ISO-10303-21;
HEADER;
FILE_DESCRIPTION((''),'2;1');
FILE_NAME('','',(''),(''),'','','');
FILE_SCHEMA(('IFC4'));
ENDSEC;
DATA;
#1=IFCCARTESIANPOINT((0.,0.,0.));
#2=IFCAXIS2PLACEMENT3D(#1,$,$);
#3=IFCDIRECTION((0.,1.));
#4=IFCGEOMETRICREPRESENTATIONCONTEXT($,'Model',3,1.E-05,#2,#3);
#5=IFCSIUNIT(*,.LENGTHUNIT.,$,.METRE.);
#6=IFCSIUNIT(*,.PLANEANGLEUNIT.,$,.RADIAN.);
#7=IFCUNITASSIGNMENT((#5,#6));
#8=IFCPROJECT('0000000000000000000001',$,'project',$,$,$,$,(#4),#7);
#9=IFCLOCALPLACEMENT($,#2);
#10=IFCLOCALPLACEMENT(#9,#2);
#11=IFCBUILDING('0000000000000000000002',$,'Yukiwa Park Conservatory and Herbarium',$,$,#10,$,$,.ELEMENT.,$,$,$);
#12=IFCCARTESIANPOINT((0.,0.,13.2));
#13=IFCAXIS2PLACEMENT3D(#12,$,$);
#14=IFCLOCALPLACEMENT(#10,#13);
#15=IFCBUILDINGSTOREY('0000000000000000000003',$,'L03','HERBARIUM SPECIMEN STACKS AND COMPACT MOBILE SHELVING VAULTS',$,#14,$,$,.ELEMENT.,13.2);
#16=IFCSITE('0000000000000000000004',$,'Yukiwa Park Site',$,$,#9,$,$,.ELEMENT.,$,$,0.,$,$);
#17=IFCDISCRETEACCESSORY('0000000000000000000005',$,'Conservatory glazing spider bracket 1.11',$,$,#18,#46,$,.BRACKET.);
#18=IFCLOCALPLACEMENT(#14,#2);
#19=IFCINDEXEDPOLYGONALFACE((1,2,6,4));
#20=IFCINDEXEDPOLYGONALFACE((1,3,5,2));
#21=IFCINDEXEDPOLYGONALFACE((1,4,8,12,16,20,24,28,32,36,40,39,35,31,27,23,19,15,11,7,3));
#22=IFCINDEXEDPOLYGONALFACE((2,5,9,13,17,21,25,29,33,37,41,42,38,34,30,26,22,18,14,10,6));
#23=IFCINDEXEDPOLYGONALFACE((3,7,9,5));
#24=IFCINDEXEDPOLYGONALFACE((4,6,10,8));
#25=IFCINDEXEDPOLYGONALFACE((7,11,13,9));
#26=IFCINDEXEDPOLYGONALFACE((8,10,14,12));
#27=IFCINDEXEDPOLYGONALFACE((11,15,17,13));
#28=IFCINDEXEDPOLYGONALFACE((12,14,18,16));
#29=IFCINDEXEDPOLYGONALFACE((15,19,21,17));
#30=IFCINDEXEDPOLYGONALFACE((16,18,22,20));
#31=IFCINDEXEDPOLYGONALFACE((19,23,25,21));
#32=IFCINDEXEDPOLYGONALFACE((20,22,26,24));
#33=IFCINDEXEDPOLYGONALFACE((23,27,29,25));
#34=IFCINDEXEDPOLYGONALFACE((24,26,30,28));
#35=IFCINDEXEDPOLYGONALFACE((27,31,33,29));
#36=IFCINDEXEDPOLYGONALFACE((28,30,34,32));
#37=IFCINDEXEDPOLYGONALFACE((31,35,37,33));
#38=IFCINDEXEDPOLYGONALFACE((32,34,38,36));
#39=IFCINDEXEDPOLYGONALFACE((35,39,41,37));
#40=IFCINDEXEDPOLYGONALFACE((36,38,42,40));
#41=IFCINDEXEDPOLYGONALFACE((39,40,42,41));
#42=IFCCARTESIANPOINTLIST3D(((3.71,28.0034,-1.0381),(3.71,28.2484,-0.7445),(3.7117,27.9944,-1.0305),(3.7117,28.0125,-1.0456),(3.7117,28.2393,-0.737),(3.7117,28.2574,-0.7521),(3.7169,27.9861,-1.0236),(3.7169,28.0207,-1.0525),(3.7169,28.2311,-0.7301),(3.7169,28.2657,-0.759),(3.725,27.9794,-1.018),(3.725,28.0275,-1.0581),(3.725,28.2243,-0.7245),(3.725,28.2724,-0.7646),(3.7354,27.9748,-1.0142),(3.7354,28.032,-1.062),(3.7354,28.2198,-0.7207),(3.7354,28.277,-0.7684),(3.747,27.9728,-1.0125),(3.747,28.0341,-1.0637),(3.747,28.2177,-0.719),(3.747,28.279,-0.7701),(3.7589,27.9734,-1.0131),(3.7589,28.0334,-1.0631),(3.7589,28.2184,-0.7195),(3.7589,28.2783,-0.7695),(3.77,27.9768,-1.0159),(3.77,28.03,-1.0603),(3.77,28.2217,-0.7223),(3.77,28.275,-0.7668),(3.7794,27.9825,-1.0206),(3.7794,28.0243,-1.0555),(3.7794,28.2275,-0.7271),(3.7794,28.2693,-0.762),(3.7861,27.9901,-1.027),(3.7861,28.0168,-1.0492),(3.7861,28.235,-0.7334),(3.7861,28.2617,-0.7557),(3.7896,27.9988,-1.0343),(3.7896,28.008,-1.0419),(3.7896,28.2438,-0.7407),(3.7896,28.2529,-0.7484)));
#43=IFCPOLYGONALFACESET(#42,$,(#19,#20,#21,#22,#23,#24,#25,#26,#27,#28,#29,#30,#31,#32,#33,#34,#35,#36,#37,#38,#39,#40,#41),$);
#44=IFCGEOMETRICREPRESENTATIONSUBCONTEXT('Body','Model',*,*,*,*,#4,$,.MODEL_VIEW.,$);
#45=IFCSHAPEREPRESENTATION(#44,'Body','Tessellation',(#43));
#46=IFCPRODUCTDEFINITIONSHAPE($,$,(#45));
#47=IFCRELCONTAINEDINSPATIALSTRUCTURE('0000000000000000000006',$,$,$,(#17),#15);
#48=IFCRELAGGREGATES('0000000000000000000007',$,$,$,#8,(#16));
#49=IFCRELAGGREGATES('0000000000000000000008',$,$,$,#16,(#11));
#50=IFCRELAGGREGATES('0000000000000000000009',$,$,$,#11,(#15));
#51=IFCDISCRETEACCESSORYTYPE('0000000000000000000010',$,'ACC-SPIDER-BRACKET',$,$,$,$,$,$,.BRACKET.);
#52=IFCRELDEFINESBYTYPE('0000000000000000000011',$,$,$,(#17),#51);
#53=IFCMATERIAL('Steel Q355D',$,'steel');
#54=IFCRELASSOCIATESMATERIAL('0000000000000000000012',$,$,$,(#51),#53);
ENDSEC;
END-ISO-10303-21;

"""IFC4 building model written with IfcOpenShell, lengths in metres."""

from ifc_helpers import new_model, si_unit, direction, frame, origin, origin_2d, place, context, subcontext, project, spatial, circle, extrude, material, type_object, element, save


model = new_model("IFC4")

# Units and contexts
model_context = context("Model", 3, precision=1e-05, world=origin(), true_north=direction((0.0, 1.0)))
body_context = subcontext(model_context, "Body", "Model", "MODEL_VIEW")
ifc_project = project(units=[si_unit("LENGTHUNIT", "METRE"), si_unit("PLANEANGLEUNIT", "RADIAN")], contexts=[model_context])

# Site, building, storey
site_placement = place(None, origin())
site = spatial("IfcSite", under=ifc_project, at=site_placement, Name="Yukiwa Park Site", CompositionType="ELEMENT", RefElevation=0.0)
building_placement = place(site_placement, origin())
building = spatial("IfcBuilding", under=site, at=building_placement, Name="Yukiwa Park Conservatory and Herbarium", CompositionType="ELEMENT")
storey_placement = place(building_placement, frame((0.0, 0.0, 13.2)))
storey = spatial("IfcBuildingStorey", under=building, at=storey_placement, Name="L03", Description="HERBARIUM SPECIMEN STACKS AND COMPACT MOBILE SHELVING VAULTS", CompositionType="ELEMENT", Elevation=13.2)

# Discrete accessory
ifc_material_1 = material(Name="Steel Q355D", Category="steel")
discrete_accessory_type = type_object("IfcDiscreteAccessoryType", Name="ACC-SPIDER-BRACKET", PredefinedType="BRACKET", material=ifc_material_1)
discrete_accessory_1_placement = place(storey_placement, frame((3.75, 28.0034, -1.0381), z_axis=(0.0, 0.640687, 0.767802), x_axis=(-1.0, 0.0, 0.0)))
element("IfcDiscreteAccessory", 1, at=discrete_accessory_1_placement, inside=storey, type_object=discrete_accessory_type, Name="Conservatory glazing spider bracket 1.11", PredefinedType="BRACKET", context=body_context, shape_type="SweptSolid", body=[
    extrude(circle(Radius=0.04, at=origin_2d()), origin(), (0.0, 0.0, 1.0), 0.3823),
])

save(model, "model.ifc")
